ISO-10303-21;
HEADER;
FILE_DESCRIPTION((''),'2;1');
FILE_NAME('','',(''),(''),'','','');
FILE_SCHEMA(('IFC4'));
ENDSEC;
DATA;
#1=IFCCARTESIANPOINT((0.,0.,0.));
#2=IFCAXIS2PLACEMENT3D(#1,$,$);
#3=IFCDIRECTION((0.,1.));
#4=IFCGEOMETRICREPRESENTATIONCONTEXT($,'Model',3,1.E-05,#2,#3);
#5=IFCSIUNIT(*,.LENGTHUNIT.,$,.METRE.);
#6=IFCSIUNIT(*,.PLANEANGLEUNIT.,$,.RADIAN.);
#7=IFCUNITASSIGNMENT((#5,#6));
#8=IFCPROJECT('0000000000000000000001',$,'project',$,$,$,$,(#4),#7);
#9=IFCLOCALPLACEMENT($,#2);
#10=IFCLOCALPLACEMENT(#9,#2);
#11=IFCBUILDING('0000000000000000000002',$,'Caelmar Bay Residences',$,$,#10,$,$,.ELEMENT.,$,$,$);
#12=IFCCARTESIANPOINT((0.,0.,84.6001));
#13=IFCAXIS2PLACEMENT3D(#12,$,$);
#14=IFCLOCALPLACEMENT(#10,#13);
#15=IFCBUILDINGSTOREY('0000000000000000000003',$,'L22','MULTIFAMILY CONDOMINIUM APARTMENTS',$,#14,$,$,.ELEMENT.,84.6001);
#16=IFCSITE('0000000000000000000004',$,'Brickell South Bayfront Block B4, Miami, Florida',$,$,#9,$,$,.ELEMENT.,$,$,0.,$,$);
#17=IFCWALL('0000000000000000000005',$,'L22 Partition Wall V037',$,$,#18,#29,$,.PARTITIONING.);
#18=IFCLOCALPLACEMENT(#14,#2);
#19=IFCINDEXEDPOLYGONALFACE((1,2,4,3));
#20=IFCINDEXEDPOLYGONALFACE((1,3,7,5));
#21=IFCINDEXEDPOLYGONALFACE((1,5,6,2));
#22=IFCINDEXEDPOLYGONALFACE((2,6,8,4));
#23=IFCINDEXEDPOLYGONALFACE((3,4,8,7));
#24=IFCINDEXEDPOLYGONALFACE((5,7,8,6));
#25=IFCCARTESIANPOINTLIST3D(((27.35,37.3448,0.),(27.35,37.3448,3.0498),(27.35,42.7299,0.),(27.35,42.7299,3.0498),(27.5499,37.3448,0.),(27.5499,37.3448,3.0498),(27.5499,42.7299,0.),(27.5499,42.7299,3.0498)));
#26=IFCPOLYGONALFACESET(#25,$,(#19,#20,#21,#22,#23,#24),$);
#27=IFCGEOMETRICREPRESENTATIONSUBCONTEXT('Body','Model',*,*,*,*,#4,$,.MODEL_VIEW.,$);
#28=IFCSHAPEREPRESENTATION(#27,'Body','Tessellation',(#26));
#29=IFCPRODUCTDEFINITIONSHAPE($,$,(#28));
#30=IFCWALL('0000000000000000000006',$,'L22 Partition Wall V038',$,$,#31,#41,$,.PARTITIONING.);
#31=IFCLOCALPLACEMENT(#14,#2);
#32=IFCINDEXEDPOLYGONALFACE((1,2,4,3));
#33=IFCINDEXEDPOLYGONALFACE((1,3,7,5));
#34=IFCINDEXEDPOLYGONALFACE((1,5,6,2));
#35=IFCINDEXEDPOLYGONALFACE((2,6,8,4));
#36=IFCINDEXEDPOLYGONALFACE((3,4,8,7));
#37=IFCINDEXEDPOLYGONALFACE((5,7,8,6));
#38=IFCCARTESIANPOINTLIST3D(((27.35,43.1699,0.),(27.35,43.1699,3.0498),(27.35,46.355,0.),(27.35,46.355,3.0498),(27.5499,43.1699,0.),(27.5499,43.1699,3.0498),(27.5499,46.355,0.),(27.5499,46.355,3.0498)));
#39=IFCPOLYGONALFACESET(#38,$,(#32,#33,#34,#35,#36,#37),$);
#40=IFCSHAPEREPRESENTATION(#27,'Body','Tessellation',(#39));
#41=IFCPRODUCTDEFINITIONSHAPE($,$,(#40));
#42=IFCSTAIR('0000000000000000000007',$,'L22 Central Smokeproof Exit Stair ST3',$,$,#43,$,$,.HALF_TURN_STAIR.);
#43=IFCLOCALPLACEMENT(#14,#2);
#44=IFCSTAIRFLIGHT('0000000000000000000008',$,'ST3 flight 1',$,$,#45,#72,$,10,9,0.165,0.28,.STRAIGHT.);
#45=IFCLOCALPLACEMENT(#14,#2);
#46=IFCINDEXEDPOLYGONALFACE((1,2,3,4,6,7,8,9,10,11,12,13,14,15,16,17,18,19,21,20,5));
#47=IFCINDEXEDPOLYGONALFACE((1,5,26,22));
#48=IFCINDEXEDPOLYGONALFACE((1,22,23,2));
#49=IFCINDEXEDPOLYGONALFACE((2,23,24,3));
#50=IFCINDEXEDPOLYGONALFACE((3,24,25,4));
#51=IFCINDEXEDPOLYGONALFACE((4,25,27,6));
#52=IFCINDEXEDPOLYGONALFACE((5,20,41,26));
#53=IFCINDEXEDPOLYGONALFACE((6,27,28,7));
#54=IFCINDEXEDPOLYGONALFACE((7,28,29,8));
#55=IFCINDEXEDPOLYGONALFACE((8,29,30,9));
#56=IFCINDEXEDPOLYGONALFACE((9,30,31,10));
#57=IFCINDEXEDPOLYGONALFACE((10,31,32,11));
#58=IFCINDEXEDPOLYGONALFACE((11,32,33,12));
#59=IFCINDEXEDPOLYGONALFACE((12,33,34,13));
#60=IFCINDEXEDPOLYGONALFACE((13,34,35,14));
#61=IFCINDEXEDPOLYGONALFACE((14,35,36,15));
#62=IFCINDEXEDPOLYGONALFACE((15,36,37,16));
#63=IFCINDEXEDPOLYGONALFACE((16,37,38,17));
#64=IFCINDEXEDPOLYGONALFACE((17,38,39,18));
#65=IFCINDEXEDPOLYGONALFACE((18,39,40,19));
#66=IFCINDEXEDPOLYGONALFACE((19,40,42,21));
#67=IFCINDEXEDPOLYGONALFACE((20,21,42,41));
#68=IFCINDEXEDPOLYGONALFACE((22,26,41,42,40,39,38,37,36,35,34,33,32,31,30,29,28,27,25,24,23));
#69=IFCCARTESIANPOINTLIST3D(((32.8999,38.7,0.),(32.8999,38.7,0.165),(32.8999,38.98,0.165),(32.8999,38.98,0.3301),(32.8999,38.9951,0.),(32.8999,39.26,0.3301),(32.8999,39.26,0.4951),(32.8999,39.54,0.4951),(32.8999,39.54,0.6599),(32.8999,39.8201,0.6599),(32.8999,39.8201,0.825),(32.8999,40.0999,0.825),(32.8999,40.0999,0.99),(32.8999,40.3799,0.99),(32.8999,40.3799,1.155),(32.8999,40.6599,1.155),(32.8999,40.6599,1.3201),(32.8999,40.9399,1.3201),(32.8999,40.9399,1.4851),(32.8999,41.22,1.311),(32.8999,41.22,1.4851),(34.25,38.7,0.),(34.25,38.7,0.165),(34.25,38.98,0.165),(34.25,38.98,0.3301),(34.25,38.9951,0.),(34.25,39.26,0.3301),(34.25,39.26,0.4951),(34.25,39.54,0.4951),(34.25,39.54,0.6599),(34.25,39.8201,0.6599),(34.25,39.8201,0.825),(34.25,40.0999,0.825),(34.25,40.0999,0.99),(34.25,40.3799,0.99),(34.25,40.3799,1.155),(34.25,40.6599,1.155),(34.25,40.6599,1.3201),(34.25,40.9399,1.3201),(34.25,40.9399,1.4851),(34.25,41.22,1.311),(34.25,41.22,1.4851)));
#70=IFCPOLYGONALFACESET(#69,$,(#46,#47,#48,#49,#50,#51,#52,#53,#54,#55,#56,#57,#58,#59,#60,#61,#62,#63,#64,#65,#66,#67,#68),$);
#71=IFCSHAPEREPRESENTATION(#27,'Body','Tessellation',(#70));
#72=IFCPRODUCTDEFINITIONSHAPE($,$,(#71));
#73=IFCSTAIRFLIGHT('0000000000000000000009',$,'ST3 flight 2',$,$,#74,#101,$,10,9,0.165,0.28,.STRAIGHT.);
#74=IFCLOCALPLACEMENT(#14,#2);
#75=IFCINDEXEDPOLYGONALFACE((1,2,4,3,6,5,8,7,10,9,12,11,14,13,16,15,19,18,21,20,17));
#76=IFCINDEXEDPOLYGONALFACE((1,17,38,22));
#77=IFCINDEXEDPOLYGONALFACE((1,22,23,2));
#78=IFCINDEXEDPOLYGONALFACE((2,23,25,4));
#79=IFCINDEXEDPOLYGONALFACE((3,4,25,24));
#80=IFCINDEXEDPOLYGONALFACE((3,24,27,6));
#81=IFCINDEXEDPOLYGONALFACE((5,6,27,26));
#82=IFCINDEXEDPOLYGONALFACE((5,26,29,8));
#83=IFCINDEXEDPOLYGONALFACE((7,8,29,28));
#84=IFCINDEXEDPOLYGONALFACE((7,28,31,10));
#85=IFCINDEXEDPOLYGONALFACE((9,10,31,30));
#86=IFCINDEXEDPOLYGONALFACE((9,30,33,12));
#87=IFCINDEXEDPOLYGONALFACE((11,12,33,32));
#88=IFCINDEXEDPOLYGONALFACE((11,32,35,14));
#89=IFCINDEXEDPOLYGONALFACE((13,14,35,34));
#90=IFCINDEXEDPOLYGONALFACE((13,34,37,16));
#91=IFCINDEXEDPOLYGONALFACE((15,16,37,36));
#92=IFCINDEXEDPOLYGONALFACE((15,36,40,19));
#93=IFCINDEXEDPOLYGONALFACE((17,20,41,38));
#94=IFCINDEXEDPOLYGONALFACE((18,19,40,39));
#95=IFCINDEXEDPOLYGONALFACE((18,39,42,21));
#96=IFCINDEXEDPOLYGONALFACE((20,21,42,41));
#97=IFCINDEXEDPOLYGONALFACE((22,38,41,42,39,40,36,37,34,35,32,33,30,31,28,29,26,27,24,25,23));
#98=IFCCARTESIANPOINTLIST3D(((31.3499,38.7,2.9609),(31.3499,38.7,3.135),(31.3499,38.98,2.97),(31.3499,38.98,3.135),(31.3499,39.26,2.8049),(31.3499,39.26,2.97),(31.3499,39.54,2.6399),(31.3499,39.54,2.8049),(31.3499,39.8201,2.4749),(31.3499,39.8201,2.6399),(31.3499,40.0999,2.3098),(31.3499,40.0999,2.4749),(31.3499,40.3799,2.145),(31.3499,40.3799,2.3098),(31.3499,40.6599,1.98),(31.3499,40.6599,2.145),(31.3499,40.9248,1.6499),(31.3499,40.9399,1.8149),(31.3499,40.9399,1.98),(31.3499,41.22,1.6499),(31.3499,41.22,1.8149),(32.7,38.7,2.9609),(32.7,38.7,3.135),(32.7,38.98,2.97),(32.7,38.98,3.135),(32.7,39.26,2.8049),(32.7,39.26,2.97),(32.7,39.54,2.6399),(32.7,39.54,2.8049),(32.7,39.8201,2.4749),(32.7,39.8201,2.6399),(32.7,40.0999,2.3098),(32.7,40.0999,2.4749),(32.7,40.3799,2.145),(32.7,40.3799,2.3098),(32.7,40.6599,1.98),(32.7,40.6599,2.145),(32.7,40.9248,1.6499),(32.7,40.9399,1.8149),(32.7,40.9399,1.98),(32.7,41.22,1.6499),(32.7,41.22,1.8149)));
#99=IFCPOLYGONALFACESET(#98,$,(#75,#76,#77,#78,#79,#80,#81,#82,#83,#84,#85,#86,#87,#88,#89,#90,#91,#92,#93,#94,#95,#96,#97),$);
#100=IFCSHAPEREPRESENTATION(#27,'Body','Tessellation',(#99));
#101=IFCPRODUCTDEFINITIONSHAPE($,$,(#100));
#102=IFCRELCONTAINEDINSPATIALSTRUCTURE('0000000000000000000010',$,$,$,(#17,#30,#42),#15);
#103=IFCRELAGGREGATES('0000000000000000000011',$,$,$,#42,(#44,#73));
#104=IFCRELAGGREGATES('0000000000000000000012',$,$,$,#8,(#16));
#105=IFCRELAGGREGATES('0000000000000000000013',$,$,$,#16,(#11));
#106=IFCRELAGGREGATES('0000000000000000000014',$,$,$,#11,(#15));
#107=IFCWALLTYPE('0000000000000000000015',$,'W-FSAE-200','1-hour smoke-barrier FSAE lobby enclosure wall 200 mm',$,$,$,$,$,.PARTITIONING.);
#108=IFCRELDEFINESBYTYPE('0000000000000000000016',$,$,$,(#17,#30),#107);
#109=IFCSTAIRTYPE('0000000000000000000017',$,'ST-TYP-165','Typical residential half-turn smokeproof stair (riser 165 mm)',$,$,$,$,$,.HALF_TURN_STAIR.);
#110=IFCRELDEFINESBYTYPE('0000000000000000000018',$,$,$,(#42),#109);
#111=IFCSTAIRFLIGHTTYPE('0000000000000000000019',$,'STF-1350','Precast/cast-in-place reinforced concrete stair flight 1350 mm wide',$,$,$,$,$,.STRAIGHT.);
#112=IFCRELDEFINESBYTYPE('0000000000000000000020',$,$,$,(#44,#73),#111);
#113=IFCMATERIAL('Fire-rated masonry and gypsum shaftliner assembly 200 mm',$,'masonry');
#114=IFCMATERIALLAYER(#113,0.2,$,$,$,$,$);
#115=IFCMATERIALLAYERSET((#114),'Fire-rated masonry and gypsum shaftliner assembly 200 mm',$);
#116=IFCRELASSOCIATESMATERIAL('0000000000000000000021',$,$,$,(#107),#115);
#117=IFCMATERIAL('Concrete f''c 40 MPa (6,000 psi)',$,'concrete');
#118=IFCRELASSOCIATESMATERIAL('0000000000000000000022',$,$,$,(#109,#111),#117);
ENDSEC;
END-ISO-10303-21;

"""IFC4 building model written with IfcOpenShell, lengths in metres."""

from ifc_helpers import new_model, si_unit, direction, frame, frame_2d, origin, place, context, subcontext, project, spatial, polyline, rectangle, outline, extrude, material, layer, layer_set, type_object, element, aggregate, save


model = new_model("IFC4")

# Units and contexts
model_context = context("Model", 3, precision=1e-05, world=origin(), true_north=direction((0.0, 1.0)))
body_context = subcontext(model_context, "Body", "Model", "MODEL_VIEW")
ifc_project = project(units=[si_unit("LENGTHUNIT", "METRE"), si_unit("PLANEANGLEUNIT", "RADIAN")], contexts=[model_context])

# Site, building, storey
site_placement = place(None, origin())
site = spatial("IfcSite", under=ifc_project, at=site_placement, Name="Brickell South Bayfront Block B4, Miami, Florida", CompositionType="ELEMENT", RefElevation=0.0)
building_placement = place(site_placement, origin())
building = spatial("IfcBuilding", under=site, at=building_placement, Name="Caelmar Bay Residences", CompositionType="ELEMENT")
storey_placement = place(building_placement, frame((0.0, 0.0, 84.6001)))
storey = spatial("IfcBuildingStorey", under=building, at=storey_placement, Name="L22", Description="MULTIFAMILY CONDOMINIUM APARTMENTS", CompositionType="ELEMENT", Elevation=84.6001)

# Walls
ifc_material_1 = material(Name="Fire-rated masonry and gypsum shaftliner assembly 200 mm", Category="masonry")
ifc_layer_1 = layer(ifc_material_1, 0.2)
ifc_layer_set_1 = layer_set([ifc_layer_1], Name="Fire-rated masonry and gypsum shaftliner assembly 200 mm")
wall_type_1 = type_object("IfcWallType", Name="W-FSAE-200", Description="1-hour smoke-barrier FSAE lobby enclosure wall 200 mm", PredefinedType="PARTITIONING", material=ifc_layer_set_1)
wall_1_placement = place(storey_placement, frame((27.45, 37.345, 0.0), z_axis=(0.0, 0.0, 1.0), x_axis=(0.0, 1.0, 0.0)))
element("IfcWall", 1, at=wall_1_placement, inside=storey, type_object=wall_type_1, Name="L22 Partition Wall V037", PredefinedType="PARTITIONING", context=body_context, shape_type="SweptSolid", body=[
    extrude(rectangle(XDim=5.385, YDim=0.2, at=frame_2d((2.6924, 0.0))), origin(), (0.0, 0.0, 1.0), 3.0498),
])
wall_2_placement = place(storey_placement, frame((27.45, 43.1699, 0.0), z_axis=(0.0, 0.0, 1.0), x_axis=(0.0, 1.0, 0.0)))
element("IfcWall", 2, at=wall_2_placement, inside=storey, type_object=wall_type_1, Name="L22 Partition Wall V038", PredefinedType="PARTITIONING", context=body_context, shape_type="SweptSolid", body=[
    extrude(rectangle(XDim=3.1851, YDim=0.2, at=frame_2d((1.5925, 0.0))), origin(), (0.0, 0.0, 1.0), 3.0498),
])

# Stair, stair flights
ifc_material_2 = material(Name="Concrete f'c 40 MPa (6,000 psi)", Category="concrete")
stair_type = type_object("IfcStairType", Name="ST-TYP-165", Description="Typical residential half-turn smokeproof stair (riser 165 mm)", PredefinedType="HALF_TURN_STAIR", material=ifc_material_2)
stair_placement = place(storey_placement, origin())
stair = element("IfcStair", 3, at=stair_placement, inside=storey, type_object=stair_type, Name="L22 Central Smokeproof Exit Stair ST3", PredefinedType="HALF_TURN_STAIR")
stair_flight_type = type_object("IfcStairFlightType", Name="STF-1350", Description="Precast/cast-in-place reinforced concrete stair flight 1350 mm wide", PredefinedType="STRAIGHT", material=ifc_material_2)
stair_flight_1_placement = place(storey_placement, frame((33.575, 38.7, 0.0), z_axis=(0.0, 0.0, 1.0), x_axis=(0.0, 1.0, 0.0)))
stair_flight_1 = element("IfcStairFlight", 4, at=stair_flight_1_placement, type_object=stair_flight_type, Name="ST3 flight 1", NumberOfRisers=10, NumberOfTreads=9, PredefinedType="STRAIGHT", RiserHeight=0.165, TreadLength=0.28, context=body_context, shape_type="SweptSolid", body=[
    extrude(outline(polyline([(0.0, 0.0), (0.0, 0.165), (0.28, 0.165), (0.28, 0.3301), (0.5601, 0.3301), (0.5601, 0.4951), (0.8401, 0.4951), (0.8401, 0.6599), (1.1201, 0.6599), (1.1201, 0.825), (1.3999, 0.825), (1.3999, 0.99), (1.6799, 0.99), (1.6799, 1.155), (1.96, 1.155), (1.96, 1.3201), (2.24, 1.3201), (2.24, 1.4851), (2.52, 1.4851), (2.52, 1.6499), (2.52, 1.311), (0.2952, 0.0), (0.0, 0.0)])), frame((0.0, 0.675, 0.0), z_axis=(0.0, -1.0, 0.0), x_axis=(1.0, 0.0, 0.0)), (0.0, 0.0, 1.0), 1.3501),
])
stair_flight_2_placement = place(storey_placement, frame((32.0249, 41.22, 1.6499), z_axis=(0.0, 0.0, 1.0), x_axis=(0.0, -1.0, 0.0)))
stair_flight_2 = element("IfcStairFlight", 5, at=stair_flight_2_placement, type_object=stair_flight_type, Name="ST3 flight 2", NumberOfRisers=10, NumberOfTreads=9, PredefinedType="STRAIGHT", RiserHeight=0.165, TreadLength=0.28, context=body_context, shape_type="SweptSolid", body=[
    extrude(outline(polyline([(0.0, 0.0), (0.0, 0.165), (0.28, 0.165), (0.28, 0.3301), (0.5601, 0.3301), (0.5601, 0.4951), (0.8401, 0.4951), (0.8401, 0.6599), (1.1201, 0.6599), (1.1201, 0.825), (1.3999, 0.825), (1.3999, 0.99), (1.6799, 0.99), (1.6799, 1.155), (1.96, 1.155), (1.96, 1.3201), (2.24, 1.3201), (2.24, 1.4851), (2.52, 1.4851), (2.52, 1.6499), (2.52, 1.311), (0.2952, 0.0), (0.0, 0.0)])), frame((0.0, 0.675, 0.0), z_axis=(0.0, -1.0, 0.0), x_axis=(1.0, 0.0, 0.0)), (0.0, 0.0, 1.0), 1.3501),
])
aggregate(stair, [stair_flight_1, stair_flight_2])

save(model, "model.ifc")
